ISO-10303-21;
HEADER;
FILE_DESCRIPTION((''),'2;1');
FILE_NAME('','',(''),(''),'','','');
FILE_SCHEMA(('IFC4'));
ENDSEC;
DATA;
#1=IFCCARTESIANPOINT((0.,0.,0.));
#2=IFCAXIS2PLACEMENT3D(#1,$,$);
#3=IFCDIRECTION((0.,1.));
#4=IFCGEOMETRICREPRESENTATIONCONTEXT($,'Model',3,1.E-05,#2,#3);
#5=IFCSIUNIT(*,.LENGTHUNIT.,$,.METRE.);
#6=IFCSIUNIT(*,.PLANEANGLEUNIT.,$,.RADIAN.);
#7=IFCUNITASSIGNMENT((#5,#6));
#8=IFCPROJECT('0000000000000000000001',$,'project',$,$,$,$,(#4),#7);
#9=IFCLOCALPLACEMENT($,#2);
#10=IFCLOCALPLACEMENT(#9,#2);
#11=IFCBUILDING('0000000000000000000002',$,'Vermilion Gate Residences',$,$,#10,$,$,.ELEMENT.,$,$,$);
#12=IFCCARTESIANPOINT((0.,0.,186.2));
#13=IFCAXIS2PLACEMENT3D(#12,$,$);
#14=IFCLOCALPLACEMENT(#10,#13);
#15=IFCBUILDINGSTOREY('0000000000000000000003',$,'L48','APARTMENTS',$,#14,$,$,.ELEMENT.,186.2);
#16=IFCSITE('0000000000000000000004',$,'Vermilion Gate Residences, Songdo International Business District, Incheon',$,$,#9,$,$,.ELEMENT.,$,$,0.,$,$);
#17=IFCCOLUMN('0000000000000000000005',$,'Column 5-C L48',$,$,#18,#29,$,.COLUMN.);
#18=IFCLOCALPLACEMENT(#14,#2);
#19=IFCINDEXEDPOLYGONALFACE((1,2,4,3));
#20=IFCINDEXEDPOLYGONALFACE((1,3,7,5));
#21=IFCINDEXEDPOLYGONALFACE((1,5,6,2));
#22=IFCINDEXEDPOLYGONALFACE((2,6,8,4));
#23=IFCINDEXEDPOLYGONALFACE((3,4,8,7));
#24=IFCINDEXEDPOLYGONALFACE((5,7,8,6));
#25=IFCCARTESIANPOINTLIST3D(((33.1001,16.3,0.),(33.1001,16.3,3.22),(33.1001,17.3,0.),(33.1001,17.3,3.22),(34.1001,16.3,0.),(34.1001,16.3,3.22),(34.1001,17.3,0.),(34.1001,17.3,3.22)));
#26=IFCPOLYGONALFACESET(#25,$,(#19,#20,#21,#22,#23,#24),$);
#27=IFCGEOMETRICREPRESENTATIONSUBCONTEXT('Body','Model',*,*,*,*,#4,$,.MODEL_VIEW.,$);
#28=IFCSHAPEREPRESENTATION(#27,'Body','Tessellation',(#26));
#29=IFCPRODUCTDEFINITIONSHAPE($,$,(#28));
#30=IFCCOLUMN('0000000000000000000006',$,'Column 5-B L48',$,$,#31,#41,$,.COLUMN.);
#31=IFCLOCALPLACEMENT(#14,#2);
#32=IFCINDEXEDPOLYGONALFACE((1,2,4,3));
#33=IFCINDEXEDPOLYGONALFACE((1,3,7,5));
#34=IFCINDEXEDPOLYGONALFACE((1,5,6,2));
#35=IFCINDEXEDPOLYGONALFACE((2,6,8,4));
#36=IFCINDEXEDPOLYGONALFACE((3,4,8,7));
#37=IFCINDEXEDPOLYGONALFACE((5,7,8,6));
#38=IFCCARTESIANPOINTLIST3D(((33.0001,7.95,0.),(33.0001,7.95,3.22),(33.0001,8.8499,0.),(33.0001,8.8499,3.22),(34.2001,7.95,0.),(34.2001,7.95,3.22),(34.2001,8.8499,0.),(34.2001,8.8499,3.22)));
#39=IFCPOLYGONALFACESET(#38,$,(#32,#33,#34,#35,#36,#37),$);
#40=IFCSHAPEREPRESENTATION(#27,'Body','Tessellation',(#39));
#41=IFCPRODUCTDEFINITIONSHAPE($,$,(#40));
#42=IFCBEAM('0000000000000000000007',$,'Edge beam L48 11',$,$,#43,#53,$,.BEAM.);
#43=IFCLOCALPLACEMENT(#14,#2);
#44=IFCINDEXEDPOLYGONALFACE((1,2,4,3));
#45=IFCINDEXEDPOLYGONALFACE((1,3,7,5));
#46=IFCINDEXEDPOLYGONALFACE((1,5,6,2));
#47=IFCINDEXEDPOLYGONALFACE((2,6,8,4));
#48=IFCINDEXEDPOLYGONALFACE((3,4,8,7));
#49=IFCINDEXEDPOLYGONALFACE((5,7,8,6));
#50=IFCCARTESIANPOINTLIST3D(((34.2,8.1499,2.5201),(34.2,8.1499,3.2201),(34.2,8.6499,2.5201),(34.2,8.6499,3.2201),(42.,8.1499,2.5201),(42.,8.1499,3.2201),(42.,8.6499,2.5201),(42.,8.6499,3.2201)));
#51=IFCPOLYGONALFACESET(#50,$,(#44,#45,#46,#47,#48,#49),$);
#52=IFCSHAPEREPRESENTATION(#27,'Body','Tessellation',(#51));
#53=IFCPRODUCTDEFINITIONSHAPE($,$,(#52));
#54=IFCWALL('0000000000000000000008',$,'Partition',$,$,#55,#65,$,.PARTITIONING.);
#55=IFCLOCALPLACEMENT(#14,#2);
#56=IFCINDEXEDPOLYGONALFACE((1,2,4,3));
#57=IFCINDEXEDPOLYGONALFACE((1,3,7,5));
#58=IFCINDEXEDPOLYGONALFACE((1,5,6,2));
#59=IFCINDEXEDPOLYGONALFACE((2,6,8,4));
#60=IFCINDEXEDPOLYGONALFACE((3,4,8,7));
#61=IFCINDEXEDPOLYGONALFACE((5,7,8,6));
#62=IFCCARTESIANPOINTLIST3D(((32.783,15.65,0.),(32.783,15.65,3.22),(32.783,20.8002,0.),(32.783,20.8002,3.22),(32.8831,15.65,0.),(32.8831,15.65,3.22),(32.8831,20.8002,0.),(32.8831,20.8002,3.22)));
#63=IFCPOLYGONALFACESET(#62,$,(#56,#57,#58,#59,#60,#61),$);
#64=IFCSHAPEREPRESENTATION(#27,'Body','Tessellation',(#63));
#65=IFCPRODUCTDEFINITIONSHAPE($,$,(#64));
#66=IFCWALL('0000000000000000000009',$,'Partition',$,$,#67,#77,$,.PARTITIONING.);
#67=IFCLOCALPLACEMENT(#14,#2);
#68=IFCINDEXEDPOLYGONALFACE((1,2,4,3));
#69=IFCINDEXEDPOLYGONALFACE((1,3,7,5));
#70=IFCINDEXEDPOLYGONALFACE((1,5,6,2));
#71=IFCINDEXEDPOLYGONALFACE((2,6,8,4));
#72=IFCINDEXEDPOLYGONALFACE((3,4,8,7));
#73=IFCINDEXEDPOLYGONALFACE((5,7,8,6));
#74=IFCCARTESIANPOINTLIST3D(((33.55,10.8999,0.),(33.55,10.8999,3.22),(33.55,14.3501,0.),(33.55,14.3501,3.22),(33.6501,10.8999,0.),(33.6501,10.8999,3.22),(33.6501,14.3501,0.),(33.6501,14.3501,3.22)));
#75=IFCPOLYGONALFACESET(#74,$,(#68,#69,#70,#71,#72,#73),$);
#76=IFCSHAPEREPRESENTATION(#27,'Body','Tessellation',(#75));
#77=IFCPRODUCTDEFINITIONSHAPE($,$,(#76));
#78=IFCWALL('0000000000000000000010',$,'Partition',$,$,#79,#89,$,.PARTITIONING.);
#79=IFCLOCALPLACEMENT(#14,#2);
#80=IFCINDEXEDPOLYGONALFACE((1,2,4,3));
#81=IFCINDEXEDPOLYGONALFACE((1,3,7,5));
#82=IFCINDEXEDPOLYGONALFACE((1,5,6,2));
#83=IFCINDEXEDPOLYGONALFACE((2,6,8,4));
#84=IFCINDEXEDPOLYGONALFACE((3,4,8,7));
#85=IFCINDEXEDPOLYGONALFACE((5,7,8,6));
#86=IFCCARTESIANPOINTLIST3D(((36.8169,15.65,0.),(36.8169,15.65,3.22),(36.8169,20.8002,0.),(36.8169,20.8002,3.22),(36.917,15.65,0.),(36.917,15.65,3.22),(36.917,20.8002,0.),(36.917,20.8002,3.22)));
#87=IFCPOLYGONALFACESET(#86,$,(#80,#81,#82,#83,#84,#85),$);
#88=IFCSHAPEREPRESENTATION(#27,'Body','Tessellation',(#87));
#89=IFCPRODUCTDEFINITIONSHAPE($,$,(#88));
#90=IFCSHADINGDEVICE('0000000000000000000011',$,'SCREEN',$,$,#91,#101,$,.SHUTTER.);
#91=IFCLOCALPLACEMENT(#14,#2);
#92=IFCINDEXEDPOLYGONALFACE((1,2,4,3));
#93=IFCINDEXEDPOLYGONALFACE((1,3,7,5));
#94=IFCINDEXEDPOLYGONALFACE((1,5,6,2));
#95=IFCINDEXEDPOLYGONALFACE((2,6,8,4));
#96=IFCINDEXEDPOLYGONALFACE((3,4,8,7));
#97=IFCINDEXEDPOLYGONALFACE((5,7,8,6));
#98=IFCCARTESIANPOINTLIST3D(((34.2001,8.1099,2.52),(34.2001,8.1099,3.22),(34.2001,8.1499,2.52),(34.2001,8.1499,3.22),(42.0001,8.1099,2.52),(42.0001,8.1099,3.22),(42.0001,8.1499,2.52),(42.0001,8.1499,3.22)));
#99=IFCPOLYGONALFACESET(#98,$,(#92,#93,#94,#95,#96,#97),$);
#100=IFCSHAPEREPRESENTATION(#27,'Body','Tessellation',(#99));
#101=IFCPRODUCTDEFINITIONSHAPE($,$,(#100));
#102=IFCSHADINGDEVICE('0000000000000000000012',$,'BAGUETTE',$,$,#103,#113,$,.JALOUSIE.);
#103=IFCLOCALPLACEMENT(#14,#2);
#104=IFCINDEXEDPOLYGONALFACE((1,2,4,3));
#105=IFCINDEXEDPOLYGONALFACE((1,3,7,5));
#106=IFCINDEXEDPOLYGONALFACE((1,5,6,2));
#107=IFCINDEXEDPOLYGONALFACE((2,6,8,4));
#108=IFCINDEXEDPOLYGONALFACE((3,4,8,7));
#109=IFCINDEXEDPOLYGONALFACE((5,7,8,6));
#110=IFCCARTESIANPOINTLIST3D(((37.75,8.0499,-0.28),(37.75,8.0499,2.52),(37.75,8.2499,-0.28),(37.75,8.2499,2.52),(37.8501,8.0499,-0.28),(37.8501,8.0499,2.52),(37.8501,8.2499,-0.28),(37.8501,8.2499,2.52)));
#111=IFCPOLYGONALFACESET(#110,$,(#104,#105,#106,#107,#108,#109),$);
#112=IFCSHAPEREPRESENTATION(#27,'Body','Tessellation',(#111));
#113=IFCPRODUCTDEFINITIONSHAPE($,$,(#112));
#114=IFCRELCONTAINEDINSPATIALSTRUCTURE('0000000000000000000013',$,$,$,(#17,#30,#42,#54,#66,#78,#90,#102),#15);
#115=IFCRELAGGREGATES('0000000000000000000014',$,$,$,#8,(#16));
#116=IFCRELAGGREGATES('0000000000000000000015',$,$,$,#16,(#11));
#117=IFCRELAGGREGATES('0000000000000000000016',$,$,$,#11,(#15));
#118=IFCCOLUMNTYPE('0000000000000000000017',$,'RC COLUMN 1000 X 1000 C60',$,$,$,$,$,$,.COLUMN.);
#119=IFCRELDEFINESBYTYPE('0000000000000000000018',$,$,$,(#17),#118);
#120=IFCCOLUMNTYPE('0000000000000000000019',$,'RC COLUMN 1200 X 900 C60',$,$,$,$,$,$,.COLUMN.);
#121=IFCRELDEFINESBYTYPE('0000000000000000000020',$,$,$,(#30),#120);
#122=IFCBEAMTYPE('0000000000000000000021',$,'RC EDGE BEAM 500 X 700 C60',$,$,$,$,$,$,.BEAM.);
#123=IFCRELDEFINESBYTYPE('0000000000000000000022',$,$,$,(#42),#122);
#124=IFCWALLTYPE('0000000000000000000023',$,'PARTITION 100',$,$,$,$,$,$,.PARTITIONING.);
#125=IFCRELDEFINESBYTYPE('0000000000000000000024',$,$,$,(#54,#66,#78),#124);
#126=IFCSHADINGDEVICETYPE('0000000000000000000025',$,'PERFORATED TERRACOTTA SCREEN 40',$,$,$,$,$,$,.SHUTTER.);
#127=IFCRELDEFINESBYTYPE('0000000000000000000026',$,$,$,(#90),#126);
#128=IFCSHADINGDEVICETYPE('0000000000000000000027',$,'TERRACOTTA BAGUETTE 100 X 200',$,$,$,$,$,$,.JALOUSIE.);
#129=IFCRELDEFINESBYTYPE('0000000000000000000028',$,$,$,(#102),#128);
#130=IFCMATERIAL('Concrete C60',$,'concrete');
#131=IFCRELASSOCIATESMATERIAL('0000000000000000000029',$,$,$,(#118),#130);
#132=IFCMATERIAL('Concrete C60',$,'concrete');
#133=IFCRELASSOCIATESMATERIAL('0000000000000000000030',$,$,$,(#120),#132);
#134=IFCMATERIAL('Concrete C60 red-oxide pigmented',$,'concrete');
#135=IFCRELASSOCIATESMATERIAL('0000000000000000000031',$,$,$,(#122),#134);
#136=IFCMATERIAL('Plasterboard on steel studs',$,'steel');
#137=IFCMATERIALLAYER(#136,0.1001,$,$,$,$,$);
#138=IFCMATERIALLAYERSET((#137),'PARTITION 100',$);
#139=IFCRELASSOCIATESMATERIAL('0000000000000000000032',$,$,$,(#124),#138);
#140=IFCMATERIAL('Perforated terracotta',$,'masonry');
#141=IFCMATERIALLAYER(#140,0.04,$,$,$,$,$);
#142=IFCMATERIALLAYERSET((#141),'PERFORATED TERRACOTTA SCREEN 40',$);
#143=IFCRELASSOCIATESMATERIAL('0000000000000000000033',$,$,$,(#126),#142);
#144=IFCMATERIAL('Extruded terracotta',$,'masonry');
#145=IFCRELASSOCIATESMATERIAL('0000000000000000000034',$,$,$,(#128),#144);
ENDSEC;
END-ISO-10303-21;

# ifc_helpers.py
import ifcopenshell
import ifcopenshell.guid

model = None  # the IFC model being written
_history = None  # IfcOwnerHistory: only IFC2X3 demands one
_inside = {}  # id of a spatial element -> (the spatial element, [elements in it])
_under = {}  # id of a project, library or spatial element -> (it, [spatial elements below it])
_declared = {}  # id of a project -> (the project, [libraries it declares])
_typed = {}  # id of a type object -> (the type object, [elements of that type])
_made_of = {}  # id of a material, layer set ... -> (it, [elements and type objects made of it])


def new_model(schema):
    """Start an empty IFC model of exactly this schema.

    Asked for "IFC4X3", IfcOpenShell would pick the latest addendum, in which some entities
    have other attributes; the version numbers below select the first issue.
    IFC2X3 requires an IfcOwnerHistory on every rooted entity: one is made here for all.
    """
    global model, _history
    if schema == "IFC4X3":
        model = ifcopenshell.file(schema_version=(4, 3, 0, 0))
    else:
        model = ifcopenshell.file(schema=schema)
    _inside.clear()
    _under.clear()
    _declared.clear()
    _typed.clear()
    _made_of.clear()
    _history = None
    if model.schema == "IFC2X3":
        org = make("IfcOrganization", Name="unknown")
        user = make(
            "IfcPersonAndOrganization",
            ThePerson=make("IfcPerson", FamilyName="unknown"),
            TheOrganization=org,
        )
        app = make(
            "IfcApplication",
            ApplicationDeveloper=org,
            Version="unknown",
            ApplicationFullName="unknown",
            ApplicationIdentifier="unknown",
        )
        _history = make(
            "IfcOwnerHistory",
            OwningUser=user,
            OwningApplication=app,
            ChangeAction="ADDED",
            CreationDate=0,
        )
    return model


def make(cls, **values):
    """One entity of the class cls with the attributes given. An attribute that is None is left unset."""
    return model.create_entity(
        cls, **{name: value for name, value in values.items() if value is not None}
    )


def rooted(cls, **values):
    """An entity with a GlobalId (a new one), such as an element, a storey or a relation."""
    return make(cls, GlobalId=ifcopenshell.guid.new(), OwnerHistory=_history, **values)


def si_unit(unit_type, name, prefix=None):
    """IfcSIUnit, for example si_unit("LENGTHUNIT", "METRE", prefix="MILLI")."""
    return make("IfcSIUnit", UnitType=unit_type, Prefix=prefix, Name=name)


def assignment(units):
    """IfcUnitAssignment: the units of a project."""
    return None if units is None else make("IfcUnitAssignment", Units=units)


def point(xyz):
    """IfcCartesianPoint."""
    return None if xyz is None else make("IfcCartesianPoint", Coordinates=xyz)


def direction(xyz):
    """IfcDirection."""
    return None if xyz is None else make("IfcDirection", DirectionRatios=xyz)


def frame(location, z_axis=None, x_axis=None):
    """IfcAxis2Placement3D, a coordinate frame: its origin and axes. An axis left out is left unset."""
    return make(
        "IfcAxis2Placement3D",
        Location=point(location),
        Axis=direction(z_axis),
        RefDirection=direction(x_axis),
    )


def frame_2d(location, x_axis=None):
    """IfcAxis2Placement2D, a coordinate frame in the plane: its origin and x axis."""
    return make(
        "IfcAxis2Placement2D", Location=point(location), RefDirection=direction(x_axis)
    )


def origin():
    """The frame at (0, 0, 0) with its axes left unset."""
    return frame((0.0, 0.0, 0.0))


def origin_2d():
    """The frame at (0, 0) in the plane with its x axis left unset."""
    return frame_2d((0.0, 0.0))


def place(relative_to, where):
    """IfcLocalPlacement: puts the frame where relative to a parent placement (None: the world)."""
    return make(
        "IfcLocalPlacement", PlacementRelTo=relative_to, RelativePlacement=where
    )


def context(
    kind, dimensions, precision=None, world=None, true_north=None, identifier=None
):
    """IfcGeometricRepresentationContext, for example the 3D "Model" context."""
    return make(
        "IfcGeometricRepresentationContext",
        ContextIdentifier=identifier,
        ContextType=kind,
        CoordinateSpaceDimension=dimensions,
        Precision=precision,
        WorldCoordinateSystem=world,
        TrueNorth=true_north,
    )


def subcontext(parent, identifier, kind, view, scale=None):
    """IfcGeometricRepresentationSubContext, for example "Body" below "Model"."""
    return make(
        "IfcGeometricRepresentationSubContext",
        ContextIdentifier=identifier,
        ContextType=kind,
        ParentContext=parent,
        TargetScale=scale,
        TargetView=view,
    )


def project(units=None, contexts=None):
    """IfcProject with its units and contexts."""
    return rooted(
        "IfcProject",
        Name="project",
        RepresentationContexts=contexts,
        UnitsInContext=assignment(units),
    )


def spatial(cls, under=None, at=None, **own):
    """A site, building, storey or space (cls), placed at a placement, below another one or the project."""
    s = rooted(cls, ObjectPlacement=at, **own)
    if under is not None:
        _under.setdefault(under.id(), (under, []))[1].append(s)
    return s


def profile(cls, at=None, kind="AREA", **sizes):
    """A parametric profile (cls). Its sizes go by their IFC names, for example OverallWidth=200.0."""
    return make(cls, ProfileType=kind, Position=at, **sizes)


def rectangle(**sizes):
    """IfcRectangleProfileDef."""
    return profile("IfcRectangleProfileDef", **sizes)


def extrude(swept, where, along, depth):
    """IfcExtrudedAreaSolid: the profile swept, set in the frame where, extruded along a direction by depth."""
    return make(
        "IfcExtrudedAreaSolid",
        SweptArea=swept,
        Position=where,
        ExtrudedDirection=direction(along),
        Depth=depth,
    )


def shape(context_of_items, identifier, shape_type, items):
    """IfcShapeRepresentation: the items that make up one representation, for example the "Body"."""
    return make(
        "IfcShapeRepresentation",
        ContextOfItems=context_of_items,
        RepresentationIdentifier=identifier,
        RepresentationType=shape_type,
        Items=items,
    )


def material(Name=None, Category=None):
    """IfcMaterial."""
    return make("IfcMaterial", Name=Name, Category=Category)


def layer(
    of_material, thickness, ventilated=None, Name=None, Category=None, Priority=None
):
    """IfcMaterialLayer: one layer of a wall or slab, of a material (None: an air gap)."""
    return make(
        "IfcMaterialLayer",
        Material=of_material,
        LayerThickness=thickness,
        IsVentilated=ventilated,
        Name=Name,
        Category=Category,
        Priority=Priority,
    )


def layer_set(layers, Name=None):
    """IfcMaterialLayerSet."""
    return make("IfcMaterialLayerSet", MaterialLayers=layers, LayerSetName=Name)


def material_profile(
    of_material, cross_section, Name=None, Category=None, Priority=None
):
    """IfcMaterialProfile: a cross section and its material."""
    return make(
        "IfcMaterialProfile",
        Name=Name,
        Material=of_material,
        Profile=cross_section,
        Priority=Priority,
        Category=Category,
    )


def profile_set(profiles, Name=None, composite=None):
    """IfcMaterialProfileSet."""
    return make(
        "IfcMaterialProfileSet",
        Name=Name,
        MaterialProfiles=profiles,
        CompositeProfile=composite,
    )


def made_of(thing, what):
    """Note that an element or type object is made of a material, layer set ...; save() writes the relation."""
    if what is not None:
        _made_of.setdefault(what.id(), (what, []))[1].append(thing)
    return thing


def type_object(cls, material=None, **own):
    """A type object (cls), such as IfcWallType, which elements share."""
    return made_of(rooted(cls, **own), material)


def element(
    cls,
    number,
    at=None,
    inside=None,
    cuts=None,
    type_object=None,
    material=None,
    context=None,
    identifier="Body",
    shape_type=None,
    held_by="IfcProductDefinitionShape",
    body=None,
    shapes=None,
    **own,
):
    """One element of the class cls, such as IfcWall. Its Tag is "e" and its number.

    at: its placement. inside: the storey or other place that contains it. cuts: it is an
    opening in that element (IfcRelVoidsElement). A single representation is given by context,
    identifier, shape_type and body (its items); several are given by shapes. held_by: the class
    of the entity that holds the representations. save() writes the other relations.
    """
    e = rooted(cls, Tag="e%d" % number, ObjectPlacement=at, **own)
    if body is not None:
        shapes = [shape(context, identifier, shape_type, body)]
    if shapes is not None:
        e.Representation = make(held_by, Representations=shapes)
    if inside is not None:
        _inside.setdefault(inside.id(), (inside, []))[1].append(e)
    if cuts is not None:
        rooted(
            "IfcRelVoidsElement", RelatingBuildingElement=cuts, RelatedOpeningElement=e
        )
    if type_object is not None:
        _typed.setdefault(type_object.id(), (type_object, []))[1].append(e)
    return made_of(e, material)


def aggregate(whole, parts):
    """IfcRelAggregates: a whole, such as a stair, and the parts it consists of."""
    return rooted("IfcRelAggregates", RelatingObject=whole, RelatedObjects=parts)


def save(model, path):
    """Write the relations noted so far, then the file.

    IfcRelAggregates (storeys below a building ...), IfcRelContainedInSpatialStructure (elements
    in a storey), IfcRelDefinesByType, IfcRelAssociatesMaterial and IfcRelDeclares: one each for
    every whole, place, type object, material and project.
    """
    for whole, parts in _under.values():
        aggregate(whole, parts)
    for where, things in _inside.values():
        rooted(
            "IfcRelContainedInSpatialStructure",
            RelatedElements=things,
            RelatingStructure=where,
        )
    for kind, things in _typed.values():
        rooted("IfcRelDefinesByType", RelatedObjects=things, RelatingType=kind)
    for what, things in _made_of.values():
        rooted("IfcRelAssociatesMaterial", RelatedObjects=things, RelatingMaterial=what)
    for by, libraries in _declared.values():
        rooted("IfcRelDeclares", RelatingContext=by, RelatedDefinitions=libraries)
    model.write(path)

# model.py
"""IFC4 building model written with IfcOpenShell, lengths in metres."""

from ifc_helpers import new_model, si_unit, direction, frame, frame_2d, origin, origin_2d, place, context, subcontext, project, spatial, rectangle, extrude, material, layer, layer_set, material_profile, profile_set, type_object, element, save


model = new_model("IFC4")

# Units and contexts
model_context = context("Model", 3, precision=1e-05, world=origin(), true_north=direction((0.0, 1.0)))
body_context = subcontext(model_context, "Body", "Model", "MODEL_VIEW")
ifc_project = project(units=[si_unit("LENGTHUNIT", "METRE"), si_unit("PLANEANGLEUNIT", "RADIAN")], contexts=[model_context])

# Site, building, storey
site_placement = place(None, origin())
site = spatial("IfcSite", under=ifc_project, at=site_placement, Name="Vermilion Gate Residences, Songdo International Business District, Incheon", CompositionType="ELEMENT", RefElevation=0.0)
building_placement = place(site_placement, origin())
building = spatial("IfcBuilding", under=site, at=building_placement, Name="Vermilion Gate Residences", CompositionType="ELEMENT")
storey_placement = place(building_placement, frame((0.0, 0.0, 186.2)))
storey = spatial("IfcBuildingStorey", under=building, at=storey_placement, Name="L48", Description="APARTMENTS", CompositionType="ELEMENT", Elevation=186.2)

# Columns
ifc_material_1 = material(Name="Concrete C60", Category="concrete")
ifc_material_profile_1 = material_profile(ifc_material_1, rectangle(XDim=1.0, YDim=1.0, at=origin_2d()), Name="RC-1000x1000")
ifc_profile_set_1 = profile_set([ifc_material_profile_1], Name="Concrete C60")
column_type_1 = type_object("IfcColumnType", Name="RC COLUMN 1000 X 1000 C60", PredefinedType="COLUMN", material=ifc_profile_set_1)
column_1_placement = place(storey_placement, frame((33.6001, 16.8, 0.0), z_axis=(0.0, 0.0, 1.0), x_axis=(1.0, 0.0, 0.0)))
element("IfcColumn", 1, at=column_1_placement, inside=storey, type_object=column_type_1, Name="Column 5-C L48", PredefinedType="COLUMN", context=body_context, shape_type="SweptSolid", body=[
    extrude(rectangle(XDim=1.0, YDim=1.0, at=origin_2d()), origin(), (0.0, 0.0, 1.0), 3.22),
])
ifc_material_2 = material(Name="Concrete C60", Category="concrete")
ifc_material_profile_2 = material_profile(ifc_material_2, rectangle(XDim=1.2, YDim=0.8999, at=origin_2d()), Name="RC-1200x900")
ifc_profile_set_2 = profile_set([ifc_material_profile_2], Name="Concrete C60")
column_type_2 = type_object("IfcColumnType", Name="RC COLUMN 1200 X 900 C60", PredefinedType="COLUMN", material=ifc_profile_set_2)
column_2_placement = place(storey_placement, frame((33.6001, 8.3999, 0.0), z_axis=(0.0, 0.0, 1.0), x_axis=(1.0, 0.0, 0.0)))
element("IfcColumn", 2, at=column_2_placement, inside=storey, type_object=column_type_2, Name="Column 5-B L48", PredefinedType="COLUMN", context=body_context, shape_type="SweptSolid", body=[
    extrude(rectangle(XDim=1.2, YDim=0.8999, at=origin_2d()), origin(), (0.0, 0.0, 1.0), 3.22),
])

# Beam
ifc_material_3 = material(Name="Concrete C60 red-oxide pigmented", Category="concrete")
ifc_material_profile_3 = material_profile(ifc_material_3, rectangle(XDim=0.5, YDim=0.7, at=origin_2d()), Name="RC-500x700")
ifc_profile_set_3 = profile_set([ifc_material_profile_3], Name="Concrete C60 red-oxide pigmented")
beam_type = type_object("IfcBeamType", Name="RC EDGE BEAM 500 X 700 C60", PredefinedType="BEAM", material=ifc_profile_set_3)
beam_placement = place(storey_placement, frame((34.2, 8.3999, 2.8701), z_axis=(1.0, 0.0, 0.0), x_axis=(0.0, 1.0, 0.0)))
element("IfcBeam", 3, at=beam_placement, inside=storey, type_object=beam_type, Name="Edge beam L48 11", PredefinedType="BEAM", context=body_context, shape_type="SweptSolid", body=[
    extrude(rectangle(XDim=0.5, YDim=0.7, at=origin_2d()), origin(), (0.0, 0.0, 1.0), 7.8),
])

# Walls
ifc_material_4 = material(Name="Plasterboard on steel studs", Category="steel")
ifc_layer_1 = layer(ifc_material_4, 0.1001)
ifc_layer_set_1 = layer_set([ifc_layer_1], Name="PARTITION 100")
wall_type = type_object("IfcWallType", Name="PARTITION 100", PredefinedType="PARTITIONING", material=ifc_layer_set_1)
wall_1_placement = place(storey_placement, frame((32.833, 15.6499, 0.0), z_axis=(0.0, 0.0, 1.0), x_axis=(0.0, 1.0, 0.0)))
element("IfcWall", 4, at=wall_1_placement, inside=storey, type_object=wall_type, Name="Partition", PredefinedType="PARTITIONING", context=body_context, shape_type="SweptSolid", body=[
    extrude(rectangle(XDim=5.1501, YDim=0.1001, at=frame_2d((2.5752, 0.0))), origin(), (0.0, 0.0, 1.0), 3.22),
])
wall_2_placement = place(storey_placement, frame((33.6001, 10.8999, 0.0), z_axis=(0.0, 0.0, 1.0), x_axis=(0.0, 1.0, 0.0)))
element("IfcWall", 5, at=wall_2_placement, inside=storey, type_object=wall_type, Name="Partition", PredefinedType="PARTITIONING", context=body_context, shape_type="SweptSolid", body=[
    extrude(rectangle(XDim=3.4502, YDim=0.1001, at=frame_2d((1.7251, 0.0))), origin(), (0.0, 0.0, 1.0), 3.22),
])
wall_3_placement = place(storey_placement, frame((36.8669, 15.6499, 0.0), z_axis=(0.0, 0.0, 1.0), x_axis=(0.0, 1.0, 0.0)))
element("IfcWall", 6, at=wall_3_placement, inside=storey, type_object=wall_type, Name="Partition", PredefinedType="PARTITIONING", context=body_context, shape_type="SweptSolid", body=[
    extrude(rectangle(XDim=5.1501, YDim=0.1001, at=frame_2d((2.5752, 0.0))), origin(), (0.0, 0.0, 1.0), 3.22),
])

# Shading devices
ifc_material_5 = material(Name="Perforated terracotta", Category="masonry")
ifc_layer_2 = layer(ifc_material_5, 0.04)
ifc_layer_set_2 = layer_set([ifc_layer_2], Name="PERFORATED TERRACOTTA SCREEN 40")
shading_device_type_1 = type_object("IfcShadingDeviceType", Name="PERFORATED TERRACOTTA SCREEN 40", PredefinedType="SHUTTER", material=ifc_layer_set_2)
shading_device_1_placement = place(storey_placement, frame((38.1001, 8.1299, 2.52), z_axis=(0.0, 0.0, 1.0), x_axis=(1.0, 0.0, 0.0)))
element("IfcShadingDevice", 7, at=shading_device_1_placement, inside=storey, type_object=shading_device_type_1, Name="SCREEN", PredefinedType="SHUTTER", context=body_context, shape_type="SweptSolid", body=[
    extrude(rectangle(XDim=7.8, YDim=0.04, at=origin_2d()), origin(), (0.0, 0.0, 1.0), 0.7),
])
ifc_material_6 = material(Name="Extruded terracotta", Category="masonry")
ifc_material_profile_4 = material_profile(ifc_material_6, rectangle(XDim=0.2, YDim=0.1001, at=origin_2d()), Name="BAGUETTE 100 X 200")
ifc_profile_set_4 = profile_set([ifc_material_profile_4], Name="Extruded terracotta")
shading_device_type_2 = type_object("IfcShadingDeviceType", Name="TERRACOTTA BAGUETTE 100 X 200", PredefinedType="JALOUSIE", material=ifc_profile_set_4)
shading_device_2_placement = place(storey_placement, frame((37.8, 8.1499, -0.28), z_axis=(0.0, 0.0, 1.0), x_axis=(0.0, 1.0, 0.0)))
element("IfcShadingDevice", 8, at=shading_device_2_placement, inside=storey, type_object=shading_device_type_2, Name="BAGUETTE", PredefinedType="JALOUSIE", context=body_context, shape_type="SweptSolid", body=[
    extrude(rectangle(XDim=0.2, YDim=0.1001, at=origin_2d()), origin(), (0.0, 0.0, 1.0), 2.8),
])

save(model, "model.ifc")
